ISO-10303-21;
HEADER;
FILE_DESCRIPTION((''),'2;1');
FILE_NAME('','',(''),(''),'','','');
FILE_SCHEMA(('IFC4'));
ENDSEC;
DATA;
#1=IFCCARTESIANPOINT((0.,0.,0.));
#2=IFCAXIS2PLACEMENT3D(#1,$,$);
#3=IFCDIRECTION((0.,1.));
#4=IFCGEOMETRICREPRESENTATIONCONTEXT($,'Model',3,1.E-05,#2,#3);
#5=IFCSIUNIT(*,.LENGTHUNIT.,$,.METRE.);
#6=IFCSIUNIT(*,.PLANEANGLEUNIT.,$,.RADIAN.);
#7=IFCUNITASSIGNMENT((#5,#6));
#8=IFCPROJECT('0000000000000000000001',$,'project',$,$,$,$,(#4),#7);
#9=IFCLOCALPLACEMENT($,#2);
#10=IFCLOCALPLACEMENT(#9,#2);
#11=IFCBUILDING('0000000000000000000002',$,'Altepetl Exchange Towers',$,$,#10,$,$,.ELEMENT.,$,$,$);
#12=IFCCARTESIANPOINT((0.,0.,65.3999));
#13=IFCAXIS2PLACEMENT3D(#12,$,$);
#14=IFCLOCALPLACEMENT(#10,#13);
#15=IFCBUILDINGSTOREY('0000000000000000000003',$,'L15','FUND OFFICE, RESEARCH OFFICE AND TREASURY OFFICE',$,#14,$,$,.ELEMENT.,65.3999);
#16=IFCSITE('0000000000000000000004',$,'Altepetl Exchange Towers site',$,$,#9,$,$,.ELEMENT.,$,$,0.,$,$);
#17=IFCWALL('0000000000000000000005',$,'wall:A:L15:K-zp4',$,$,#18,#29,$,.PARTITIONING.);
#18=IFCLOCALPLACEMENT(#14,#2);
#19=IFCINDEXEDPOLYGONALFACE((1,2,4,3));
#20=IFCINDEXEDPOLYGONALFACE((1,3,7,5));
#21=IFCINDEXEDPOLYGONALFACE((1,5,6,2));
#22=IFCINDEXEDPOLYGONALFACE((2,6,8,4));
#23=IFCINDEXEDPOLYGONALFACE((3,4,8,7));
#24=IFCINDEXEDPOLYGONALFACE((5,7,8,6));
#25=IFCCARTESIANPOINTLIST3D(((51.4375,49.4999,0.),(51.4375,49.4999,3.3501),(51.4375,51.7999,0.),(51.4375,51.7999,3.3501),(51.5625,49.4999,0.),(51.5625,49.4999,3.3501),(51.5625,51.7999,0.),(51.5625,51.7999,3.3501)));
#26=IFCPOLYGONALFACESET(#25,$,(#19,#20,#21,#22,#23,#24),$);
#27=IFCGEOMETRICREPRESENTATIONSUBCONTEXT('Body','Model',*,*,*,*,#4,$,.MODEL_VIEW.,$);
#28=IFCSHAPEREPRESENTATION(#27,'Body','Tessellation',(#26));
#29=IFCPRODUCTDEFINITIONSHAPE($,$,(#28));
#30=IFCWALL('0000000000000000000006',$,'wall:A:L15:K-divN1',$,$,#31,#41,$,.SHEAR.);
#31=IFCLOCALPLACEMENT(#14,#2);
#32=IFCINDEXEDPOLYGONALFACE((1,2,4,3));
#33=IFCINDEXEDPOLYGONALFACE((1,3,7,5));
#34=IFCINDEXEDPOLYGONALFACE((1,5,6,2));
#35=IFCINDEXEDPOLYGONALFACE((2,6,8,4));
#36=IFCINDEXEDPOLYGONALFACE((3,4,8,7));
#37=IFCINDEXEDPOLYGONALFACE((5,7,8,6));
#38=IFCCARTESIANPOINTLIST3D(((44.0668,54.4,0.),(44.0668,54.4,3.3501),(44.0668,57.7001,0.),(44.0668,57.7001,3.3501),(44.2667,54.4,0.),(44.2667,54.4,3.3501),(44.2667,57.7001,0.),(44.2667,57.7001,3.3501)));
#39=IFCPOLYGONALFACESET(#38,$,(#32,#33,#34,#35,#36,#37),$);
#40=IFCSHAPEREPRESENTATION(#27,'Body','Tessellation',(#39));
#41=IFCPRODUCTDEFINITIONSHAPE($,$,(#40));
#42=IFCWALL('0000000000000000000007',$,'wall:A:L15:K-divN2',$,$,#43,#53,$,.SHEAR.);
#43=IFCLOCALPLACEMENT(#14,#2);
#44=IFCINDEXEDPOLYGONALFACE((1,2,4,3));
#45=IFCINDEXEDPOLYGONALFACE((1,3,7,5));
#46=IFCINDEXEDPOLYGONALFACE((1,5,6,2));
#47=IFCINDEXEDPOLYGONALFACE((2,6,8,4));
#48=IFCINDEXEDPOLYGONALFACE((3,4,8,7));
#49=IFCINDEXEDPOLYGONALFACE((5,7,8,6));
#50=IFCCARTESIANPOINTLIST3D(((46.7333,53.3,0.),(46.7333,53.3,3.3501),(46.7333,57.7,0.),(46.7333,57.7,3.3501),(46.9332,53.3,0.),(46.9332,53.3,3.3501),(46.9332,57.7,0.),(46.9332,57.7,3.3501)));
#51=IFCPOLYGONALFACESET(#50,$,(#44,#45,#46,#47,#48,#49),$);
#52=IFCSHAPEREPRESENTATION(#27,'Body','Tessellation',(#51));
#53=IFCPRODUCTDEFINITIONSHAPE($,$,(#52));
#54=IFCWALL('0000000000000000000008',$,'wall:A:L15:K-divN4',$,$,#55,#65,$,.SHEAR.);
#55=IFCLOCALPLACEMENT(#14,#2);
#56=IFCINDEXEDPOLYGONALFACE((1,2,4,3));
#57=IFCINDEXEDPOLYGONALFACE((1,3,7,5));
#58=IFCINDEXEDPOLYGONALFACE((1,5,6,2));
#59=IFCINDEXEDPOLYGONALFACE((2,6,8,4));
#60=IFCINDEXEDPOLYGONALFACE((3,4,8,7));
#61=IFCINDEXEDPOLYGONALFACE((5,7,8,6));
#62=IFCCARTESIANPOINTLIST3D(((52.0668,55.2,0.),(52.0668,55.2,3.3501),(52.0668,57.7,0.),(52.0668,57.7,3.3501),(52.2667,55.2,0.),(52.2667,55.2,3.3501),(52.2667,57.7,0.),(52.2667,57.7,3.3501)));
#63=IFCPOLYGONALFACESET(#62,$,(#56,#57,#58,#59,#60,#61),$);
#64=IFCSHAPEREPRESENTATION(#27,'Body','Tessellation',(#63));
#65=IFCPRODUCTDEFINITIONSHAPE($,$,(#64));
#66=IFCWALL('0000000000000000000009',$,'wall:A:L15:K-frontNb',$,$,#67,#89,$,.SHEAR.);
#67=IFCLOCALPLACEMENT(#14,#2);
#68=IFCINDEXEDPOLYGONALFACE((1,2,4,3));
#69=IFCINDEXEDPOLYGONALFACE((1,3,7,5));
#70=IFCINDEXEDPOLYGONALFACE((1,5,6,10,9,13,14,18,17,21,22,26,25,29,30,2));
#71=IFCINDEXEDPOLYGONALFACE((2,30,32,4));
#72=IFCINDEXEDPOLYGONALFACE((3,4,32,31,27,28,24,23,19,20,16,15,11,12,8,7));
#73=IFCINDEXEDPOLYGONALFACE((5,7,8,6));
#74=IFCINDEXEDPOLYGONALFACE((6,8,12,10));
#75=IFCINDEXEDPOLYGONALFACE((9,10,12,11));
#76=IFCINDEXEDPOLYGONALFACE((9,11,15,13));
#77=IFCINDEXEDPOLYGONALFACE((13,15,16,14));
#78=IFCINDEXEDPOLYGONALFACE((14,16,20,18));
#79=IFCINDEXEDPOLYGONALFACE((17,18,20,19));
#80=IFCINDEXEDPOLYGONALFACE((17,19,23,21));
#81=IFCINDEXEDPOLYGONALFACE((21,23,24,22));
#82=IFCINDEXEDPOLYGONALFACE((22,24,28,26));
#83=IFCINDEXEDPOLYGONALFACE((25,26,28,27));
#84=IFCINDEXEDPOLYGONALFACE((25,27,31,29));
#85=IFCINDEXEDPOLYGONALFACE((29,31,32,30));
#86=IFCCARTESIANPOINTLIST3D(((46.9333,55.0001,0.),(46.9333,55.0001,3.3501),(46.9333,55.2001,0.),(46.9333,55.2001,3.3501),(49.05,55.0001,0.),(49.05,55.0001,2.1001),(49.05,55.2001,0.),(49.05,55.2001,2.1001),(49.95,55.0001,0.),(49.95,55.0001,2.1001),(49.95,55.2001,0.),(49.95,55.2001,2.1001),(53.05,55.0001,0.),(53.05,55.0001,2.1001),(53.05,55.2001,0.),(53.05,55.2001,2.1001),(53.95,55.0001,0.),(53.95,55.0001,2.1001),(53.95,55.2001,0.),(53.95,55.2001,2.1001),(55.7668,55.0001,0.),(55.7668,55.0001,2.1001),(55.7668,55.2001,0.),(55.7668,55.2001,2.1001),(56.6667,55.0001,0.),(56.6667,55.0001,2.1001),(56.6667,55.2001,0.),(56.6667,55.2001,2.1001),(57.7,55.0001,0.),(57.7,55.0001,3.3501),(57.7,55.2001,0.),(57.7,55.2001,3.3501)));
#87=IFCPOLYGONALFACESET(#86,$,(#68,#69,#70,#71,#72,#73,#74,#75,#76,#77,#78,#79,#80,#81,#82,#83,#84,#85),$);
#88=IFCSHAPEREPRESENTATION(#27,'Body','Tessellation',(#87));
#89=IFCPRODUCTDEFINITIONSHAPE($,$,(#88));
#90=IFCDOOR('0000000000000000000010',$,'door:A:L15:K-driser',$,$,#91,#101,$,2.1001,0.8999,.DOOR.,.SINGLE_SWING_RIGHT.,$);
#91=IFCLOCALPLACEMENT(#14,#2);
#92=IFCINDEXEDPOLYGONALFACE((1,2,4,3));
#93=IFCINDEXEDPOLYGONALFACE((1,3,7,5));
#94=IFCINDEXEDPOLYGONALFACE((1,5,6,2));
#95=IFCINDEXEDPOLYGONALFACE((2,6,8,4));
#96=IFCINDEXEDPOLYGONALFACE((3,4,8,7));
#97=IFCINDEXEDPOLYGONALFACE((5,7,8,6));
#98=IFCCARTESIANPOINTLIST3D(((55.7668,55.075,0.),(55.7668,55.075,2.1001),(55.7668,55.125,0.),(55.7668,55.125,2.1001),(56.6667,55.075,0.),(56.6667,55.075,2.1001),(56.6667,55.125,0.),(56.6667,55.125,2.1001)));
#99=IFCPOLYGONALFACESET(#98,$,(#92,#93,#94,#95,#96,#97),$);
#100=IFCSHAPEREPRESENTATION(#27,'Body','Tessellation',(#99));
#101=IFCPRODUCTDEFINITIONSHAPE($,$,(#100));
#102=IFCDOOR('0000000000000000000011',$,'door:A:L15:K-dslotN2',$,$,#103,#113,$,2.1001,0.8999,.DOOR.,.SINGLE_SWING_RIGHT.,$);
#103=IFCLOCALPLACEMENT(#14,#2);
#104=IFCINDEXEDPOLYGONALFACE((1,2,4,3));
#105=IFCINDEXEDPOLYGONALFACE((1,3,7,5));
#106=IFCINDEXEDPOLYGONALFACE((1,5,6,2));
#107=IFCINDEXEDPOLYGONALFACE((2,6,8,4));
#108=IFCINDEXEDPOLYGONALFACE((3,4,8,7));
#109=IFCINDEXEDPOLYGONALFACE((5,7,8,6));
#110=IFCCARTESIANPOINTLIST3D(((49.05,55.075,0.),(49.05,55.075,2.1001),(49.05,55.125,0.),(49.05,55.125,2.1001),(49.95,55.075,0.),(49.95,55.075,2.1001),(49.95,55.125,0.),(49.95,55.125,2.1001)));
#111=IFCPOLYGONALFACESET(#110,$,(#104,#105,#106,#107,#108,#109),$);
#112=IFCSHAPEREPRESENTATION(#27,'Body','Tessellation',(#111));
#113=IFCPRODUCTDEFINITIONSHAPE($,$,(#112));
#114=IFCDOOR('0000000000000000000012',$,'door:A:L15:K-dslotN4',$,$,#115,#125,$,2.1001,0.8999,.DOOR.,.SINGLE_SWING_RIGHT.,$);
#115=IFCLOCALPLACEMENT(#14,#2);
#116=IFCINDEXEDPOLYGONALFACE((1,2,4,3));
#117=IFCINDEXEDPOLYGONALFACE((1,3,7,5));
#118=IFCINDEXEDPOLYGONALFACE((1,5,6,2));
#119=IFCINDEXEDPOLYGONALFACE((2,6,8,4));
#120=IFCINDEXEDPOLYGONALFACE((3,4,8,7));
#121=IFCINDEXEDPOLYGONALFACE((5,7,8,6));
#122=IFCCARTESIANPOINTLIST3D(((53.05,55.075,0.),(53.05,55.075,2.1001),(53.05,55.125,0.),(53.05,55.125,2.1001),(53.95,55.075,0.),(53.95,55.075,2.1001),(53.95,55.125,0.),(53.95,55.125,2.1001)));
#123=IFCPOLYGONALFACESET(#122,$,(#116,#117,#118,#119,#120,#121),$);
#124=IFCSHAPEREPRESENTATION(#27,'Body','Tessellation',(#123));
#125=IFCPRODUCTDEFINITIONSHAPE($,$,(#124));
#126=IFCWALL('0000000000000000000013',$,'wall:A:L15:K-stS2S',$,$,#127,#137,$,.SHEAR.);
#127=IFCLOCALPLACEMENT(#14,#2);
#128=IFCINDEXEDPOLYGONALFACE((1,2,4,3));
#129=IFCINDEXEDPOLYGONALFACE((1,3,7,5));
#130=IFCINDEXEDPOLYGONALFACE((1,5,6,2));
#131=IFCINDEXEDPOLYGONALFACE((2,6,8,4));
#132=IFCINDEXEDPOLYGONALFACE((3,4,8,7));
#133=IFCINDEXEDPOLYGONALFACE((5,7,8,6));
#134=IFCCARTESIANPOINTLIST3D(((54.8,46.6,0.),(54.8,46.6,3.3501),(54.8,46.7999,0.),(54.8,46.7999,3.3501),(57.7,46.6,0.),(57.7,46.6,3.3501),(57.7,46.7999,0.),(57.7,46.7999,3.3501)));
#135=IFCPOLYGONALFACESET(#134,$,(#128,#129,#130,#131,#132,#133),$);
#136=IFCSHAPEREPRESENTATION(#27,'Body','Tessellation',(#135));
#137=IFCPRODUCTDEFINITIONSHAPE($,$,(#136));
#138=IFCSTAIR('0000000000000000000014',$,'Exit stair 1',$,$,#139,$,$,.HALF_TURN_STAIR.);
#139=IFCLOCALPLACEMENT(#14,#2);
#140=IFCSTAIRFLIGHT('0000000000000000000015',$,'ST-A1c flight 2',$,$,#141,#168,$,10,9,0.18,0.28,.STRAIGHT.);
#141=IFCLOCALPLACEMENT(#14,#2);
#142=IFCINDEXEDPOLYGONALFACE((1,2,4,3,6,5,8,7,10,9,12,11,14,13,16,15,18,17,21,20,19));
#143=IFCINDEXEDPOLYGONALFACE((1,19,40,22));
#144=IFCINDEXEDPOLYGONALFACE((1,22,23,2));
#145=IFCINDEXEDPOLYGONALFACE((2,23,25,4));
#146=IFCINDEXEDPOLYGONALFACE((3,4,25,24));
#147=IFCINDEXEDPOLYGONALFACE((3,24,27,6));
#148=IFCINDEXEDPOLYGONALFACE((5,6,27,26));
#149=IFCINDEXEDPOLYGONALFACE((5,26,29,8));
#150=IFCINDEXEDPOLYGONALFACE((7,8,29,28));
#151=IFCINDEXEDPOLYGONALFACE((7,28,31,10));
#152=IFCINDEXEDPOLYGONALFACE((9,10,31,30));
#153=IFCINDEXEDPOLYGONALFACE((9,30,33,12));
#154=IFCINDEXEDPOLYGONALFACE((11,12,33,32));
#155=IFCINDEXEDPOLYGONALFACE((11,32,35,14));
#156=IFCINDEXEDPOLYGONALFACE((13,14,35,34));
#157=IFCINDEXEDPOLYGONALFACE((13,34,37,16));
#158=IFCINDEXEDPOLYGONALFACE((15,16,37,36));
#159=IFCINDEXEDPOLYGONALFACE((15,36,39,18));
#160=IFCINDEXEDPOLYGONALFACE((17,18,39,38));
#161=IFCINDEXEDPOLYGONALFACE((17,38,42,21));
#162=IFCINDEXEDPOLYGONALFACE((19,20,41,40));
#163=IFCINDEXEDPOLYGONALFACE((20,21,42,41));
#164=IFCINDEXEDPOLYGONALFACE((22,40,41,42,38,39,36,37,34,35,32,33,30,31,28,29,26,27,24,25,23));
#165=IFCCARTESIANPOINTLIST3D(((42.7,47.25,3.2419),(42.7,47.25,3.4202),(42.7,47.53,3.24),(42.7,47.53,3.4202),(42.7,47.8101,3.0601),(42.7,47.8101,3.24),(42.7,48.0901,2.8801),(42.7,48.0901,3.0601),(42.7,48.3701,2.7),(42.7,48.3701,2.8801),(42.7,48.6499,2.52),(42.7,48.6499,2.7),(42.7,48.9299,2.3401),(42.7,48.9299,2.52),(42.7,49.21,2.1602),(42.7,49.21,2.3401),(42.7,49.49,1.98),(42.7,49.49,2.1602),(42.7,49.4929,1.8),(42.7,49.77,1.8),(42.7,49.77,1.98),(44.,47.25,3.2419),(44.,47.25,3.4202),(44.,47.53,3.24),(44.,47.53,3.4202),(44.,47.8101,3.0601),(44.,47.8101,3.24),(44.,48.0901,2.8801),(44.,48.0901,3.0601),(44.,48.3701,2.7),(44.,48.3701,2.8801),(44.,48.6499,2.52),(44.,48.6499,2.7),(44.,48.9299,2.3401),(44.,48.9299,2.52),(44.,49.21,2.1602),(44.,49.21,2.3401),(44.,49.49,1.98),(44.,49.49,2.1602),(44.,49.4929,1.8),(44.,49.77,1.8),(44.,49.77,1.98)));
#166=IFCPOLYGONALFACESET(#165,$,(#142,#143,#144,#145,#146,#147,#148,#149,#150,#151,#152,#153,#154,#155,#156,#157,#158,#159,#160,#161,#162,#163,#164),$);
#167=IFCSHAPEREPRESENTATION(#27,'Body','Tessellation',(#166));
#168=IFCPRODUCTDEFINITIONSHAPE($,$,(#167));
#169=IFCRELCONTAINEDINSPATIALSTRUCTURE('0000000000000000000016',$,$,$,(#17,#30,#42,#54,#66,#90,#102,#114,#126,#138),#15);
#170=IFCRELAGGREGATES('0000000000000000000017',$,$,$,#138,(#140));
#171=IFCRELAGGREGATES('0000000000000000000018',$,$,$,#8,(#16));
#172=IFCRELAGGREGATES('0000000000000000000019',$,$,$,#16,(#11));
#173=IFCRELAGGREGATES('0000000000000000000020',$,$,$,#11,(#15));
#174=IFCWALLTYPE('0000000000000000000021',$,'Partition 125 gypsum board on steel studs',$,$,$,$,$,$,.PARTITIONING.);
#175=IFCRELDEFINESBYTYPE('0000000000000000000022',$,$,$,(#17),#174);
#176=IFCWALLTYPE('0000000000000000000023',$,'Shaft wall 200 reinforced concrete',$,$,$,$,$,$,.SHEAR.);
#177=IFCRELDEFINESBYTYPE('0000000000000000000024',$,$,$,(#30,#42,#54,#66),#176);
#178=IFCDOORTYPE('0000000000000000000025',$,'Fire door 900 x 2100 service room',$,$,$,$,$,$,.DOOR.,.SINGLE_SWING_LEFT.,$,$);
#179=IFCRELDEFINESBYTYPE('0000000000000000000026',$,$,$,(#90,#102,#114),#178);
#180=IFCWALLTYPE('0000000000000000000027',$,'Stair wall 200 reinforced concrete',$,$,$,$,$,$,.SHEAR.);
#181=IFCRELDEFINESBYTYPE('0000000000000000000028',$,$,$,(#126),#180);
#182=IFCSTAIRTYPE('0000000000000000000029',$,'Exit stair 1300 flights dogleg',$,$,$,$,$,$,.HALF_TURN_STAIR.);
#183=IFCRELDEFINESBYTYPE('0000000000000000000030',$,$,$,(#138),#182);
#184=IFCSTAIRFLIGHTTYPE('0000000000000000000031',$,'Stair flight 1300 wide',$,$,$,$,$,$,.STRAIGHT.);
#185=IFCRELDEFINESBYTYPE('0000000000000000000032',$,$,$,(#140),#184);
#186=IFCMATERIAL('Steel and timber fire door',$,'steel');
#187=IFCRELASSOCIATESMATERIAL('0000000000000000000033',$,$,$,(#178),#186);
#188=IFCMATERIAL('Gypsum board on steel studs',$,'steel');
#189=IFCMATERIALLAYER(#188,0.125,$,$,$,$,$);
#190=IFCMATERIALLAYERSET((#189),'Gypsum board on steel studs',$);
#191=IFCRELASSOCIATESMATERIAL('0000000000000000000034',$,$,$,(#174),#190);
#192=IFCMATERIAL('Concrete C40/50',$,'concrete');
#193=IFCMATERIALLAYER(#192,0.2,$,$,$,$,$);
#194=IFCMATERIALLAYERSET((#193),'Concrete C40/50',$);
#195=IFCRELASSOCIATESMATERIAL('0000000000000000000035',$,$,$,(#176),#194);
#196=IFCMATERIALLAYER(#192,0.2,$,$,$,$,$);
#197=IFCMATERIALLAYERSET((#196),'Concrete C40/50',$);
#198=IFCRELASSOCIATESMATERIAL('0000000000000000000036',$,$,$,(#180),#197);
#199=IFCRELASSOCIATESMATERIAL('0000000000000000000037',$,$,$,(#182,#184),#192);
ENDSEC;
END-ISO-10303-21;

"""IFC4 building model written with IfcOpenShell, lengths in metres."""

from ifc_helpers import new_model, si_unit, direction, frame, frame_2d, origin, place, context, subcontext, project, spatial, polyline, rectangle, outline, extrude, material, layer, layer_set, type_object, element, fill, aggregate, save


model = new_model("IFC4")

# Units and contexts
model_context = context("Model", 3, precision=1e-05, world=origin(), true_north=direction((0.0, 1.0)))
body_context = subcontext(model_context, "Body", "Model", "MODEL_VIEW")
ifc_project = project(units=[si_unit("LENGTHUNIT", "METRE"), si_unit("PLANEANGLEUNIT", "RADIAN")], contexts=[model_context])

# Site, building, storey
site_placement = place(None, origin())
site = spatial("IfcSite", under=ifc_project, at=site_placement, Name="Altepetl Exchange Towers site", CompositionType="ELEMENT", RefElevation=0.0)
building_placement = place(site_placement, origin())
building = spatial("IfcBuilding", under=site, at=building_placement, Name="Altepetl Exchange Towers", CompositionType="ELEMENT")
storey_placement = place(building_placement, frame((0.0, 0.0, 65.3999)))
storey = spatial("IfcBuildingStorey", under=building, at=storey_placement, Name="L15", Description="FUND OFFICE, RESEARCH OFFICE AND TREASURY OFFICE", CompositionType="ELEMENT", Elevation=65.3999)

# Shared definitions
ifc_material_1 = material(Name="Steel and timber fire door", Category="steel")
door_type_1 = type_object("IfcDoorType", Name="Fire door 900 x 2100 service room", OperationType="SINGLE_SWING_LEFT", PredefinedType="DOOR", material=ifc_material_1)

# Walls
ifc_material_2 = material(Name="Gypsum board on steel studs", Category="steel")
ifc_layer_1 = layer(ifc_material_2, 0.125)
ifc_layer_set_1 = layer_set([ifc_layer_1], Name="Gypsum board on steel studs")
wall_type_1 = type_object("IfcWallType", Name="Partition 125 gypsum board on steel studs", PredefinedType="PARTITIONING", material=ifc_layer_set_1)
wall_1_placement = place(storey_placement, frame((51.5, 49.5, 0.0), z_axis=(0.0, 0.0, 1.0), x_axis=(0.0, 1.0, 0.0)))
element("IfcWall", 1, at=wall_1_placement, inside=storey, type_object=wall_type_1, Name="wall:A:L15:K-zp4", PredefinedType="PARTITIONING", context=body_context, shape_type="SweptSolid", body=[
    extrude(rectangle(XDim=2.3, YDim=0.125, at=frame_2d((1.1499, 0.0))), origin(), (0.0, 0.0, 1.0), 3.3501),
])
ifc_material_3 = material(Name="Concrete C40/50", Category="concrete")
ifc_layer_2 = layer(ifc_material_3, 0.2)
ifc_layer_set_2 = layer_set([ifc_layer_2], Name="Concrete C40/50")
wall_type_2 = type_object("IfcWallType", Name="Shaft wall 200 reinforced concrete", PredefinedType="SHEAR", material=ifc_layer_set_2)
wall_2_placement = place(storey_placement, frame((44.1667, 57.7, 0.0), z_axis=(0.0, 0.0, 1.0), x_axis=(0.0, -1.0, 0.0)))
element("IfcWall", 2, at=wall_2_placement, inside=storey, type_object=wall_type_2, Name="wall:A:L15:K-divN1", PredefinedType="SHEAR", context=body_context, shape_type="SweptSolid", body=[
    extrude(rectangle(XDim=3.3, YDim=0.2, at=frame_2d((1.6499, 0.0))), origin(), (0.0, 0.0, 1.0), 3.3501),
])
wall_3_placement = place(storey_placement, frame((46.8333, 57.7, 0.0), z_axis=(0.0, 0.0, 1.0), x_axis=(0.0, -1.0, 0.0)))
element("IfcWall", 3, at=wall_3_placement, inside=storey, type_object=wall_type_2, Name="wall:A:L15:K-divN2", PredefinedType="SHEAR", context=body_context, shape_type="SweptSolid", body=[
    extrude(rectangle(XDim=4.3999, YDim=0.2, at=frame_2d((2.2, 0.0))), origin(), (0.0, 0.0, 1.0), 3.3501),
])
wall_4_placement = place(storey_placement, frame((52.1667, 57.7, 0.0), z_axis=(0.0, 0.0, 1.0), x_axis=(0.0, -1.0, 0.0)))
element("IfcWall", 4, at=wall_4_placement, inside=storey, type_object=wall_type_2, Name="wall:A:L15:K-divN4", PredefinedType="SHEAR", context=body_context, shape_type="SweptSolid", body=[
    extrude(rectangle(XDim=2.5, YDim=0.2, at=frame_2d((1.25, 0.0))), origin(), (0.0, 0.0, 1.0), 3.3501),
])

# Wall, openings, doors
wall_5_placement = place(storey_placement, frame((46.9333, 55.1001, 0.0)))
wall_5 = element("IfcWall", 5, at=wall_5_placement, inside=storey, type_object=wall_type_2, Name="wall:A:L15:K-frontNb", PredefinedType="SHEAR", context=body_context, shape_type="SweptSolid", body=[
    extrude(rectangle(XDim=10.7666, YDim=0.2, at=frame_2d((5.3833, 0.0))), origin(), (0.0, 0.0, 1.0), 3.3501),
])
opening_1_placement = place(wall_5_placement, frame((8.8335, 0.0, 0.0)))
opening_1 = element("IfcOpeningElement", 6, at=opening_1_placement, cuts=wall_5, PredefinedType="OPENING", context=body_context, shape_type="SweptSolid", body=[
    extrude(rectangle(XDim=0.8999, YDim=2.1001, at=frame_2d((0.45, 1.05))), frame((0.0, 0.1099, 0.0), z_axis=(0.0, -1.0, 0.0), x_axis=(1.0, 0.0, 0.0)), (0.0, 0.0, 1.0), 0.22),
])
opening_2_placement = place(wall_5_placement, frame((2.1167, 0.0, 0.0)))
opening_2 = element("IfcOpeningElement", 7, at=opening_2_placement, cuts=wall_5, PredefinedType="OPENING", context=body_context, shape_type="SweptSolid", body=[
    extrude(rectangle(XDim=0.8999, YDim=2.1001, at=frame_2d((0.45, 1.05))), frame((0.0, 0.1099, 0.0), z_axis=(0.0, -1.0, 0.0), x_axis=(1.0, 0.0, 0.0)), (0.0, 0.0, 1.0), 0.22),
])
opening_3_placement = place(wall_5_placement, frame((6.1167, 0.0, 0.0)))
opening_3 = element("IfcOpeningElement", 8, at=opening_3_placement, cuts=wall_5, PredefinedType="OPENING", context=body_context, shape_type="SweptSolid", body=[
    extrude(rectangle(XDim=0.8999, YDim=2.1001, at=frame_2d((0.45, 1.05))), frame((0.0, 0.1099, 0.0), z_axis=(0.0, -1.0, 0.0), x_axis=(1.0, 0.0, 0.0)), (0.0, 0.0, 1.0), 0.22),
])
door_1_placement = place(opening_1_placement, origin())
door_1 = element("IfcDoor", 9, at=door_1_placement, inside=storey, type_object=door_type_1, Name="door:A:L15:K-driser", OperationType="SINGLE_SWING_RIGHT", OverallHeight=2.1001, OverallWidth=0.8999, PredefinedType="DOOR", context=body_context, shape_type="SweptSolid", body=[
    extrude(rectangle(XDim=0.8999, YDim=2.1001, at=frame_2d((0.45, 1.05))), frame((0.0, 0.0249, 0.0), z_axis=(0.0, -1.0, 0.0), x_axis=(1.0, 0.0, 0.0)), (0.0, 0.0, 1.0), 0.05),
])
fill(opening_1, door_1)
door_2_placement = place(opening_2_placement, origin())
door_2 = element("IfcDoor", 10, at=door_2_placement, inside=storey, type_object=door_type_1, Name="door:A:L15:K-dslotN2", OperationType="SINGLE_SWING_RIGHT", OverallHeight=2.1001, OverallWidth=0.8999, PredefinedType="DOOR", context=body_context, shape_type="SweptSolid", body=[
    extrude(rectangle(XDim=0.8999, YDim=2.1001, at=frame_2d((0.45, 1.05))), frame((0.0, 0.0249, 0.0), z_axis=(0.0, -1.0, 0.0), x_axis=(1.0, 0.0, 0.0)), (0.0, 0.0, 1.0), 0.05),
])
fill(opening_2, door_2)
door_3_placement = place(opening_3_placement, origin())
door_3 = element("IfcDoor", 11, at=door_3_placement, inside=storey, type_object=door_type_1, Name="door:A:L15:K-dslotN4", OperationType="SINGLE_SWING_RIGHT", OverallHeight=2.1001, OverallWidth=0.8999, PredefinedType="DOOR", context=body_context, shape_type="SweptSolid", body=[
    extrude(rectangle(XDim=0.8999, YDim=2.1001, at=frame_2d((0.45, 1.05))), frame((0.0, 0.0249, 0.0), z_axis=(0.0, -1.0, 0.0), x_axis=(1.0, 0.0, 0.0)), (0.0, 0.0, 1.0), 0.05),
])
fill(opening_3, door_3)

# Wall
ifc_layer_3 = layer(ifc_material_3, 0.2)
ifc_layer_set_3 = layer_set([ifc_layer_3], Name="Concrete C40/50")
wall_type_3 = type_object("IfcWallType", Name="Stair wall 200 reinforced concrete", PredefinedType="SHEAR", material=ifc_layer_set_3)
wall_6_placement = place(storey_placement, frame((54.8, 46.7, 0.0)))
element("IfcWall", 12, at=wall_6_placement, inside=storey, type_object=wall_type_3, Name="wall:A:L15:K-stS2S", PredefinedType="SHEAR", context=body_context, shape_type="SweptSolid", body=[
    extrude(rectangle(XDim=2.8999, YDim=0.2, at=frame_2d((1.45, 0.0))), origin(), (0.0, 0.0, 1.0), 3.3501),
])

# Stair, stair flight
stair_type = type_object("IfcStairType", Name="Exit stair 1300 flights dogleg", PredefinedType="HALF_TURN_STAIR", material=ifc_material_3)
stair_placement = place(storey_placement, origin())
stair = element("IfcStair", 13, at=stair_placement, inside=storey, type_object=stair_type, Name="Exit stair 1", PredefinedType="HALF_TURN_STAIR")
stair_flight_type = type_object("IfcStairFlightType", Name="Stair flight 1300 wide", PredefinedType="STRAIGHT", material=ifc_material_3)
stair_flight_placement = place(storey_placement, frame((43.3501, 49.77, 1.8), z_axis=(0.0, 0.0, 1.0), x_axis=(0.0, -1.0, 0.0)))
stair_flight = element("IfcStairFlight", 14, at=stair_flight_placement, type_object=stair_flight_type, Name="ST-A1c flight 2", NumberOfRisers=10, NumberOfTreads=9, PredefinedType="STRAIGHT", RiserHeight=0.18, TreadLength=0.28, context=body_context, shape_type="SweptSolid", body=[
    extrude(outline(polyline([(0.0, 0.0), (0.0, 0.1799), (0.28, 0.1799), (0.28, 0.3601), (0.5601, 0.3601), (0.5601, 0.54), (0.8401, 0.54), (0.8401, 0.72), (1.1201, 0.72), (1.1201, 0.8999), (1.3999, 0.8999), (1.3999, 1.0801), (1.6799, 1.0801), (1.6799, 1.26), (1.96, 1.26), (1.96, 1.4399), (2.24, 1.4399), (2.24, 1.6201), (2.52, 1.6201), (2.52, 1.8), (2.52, 1.4419), (0.2771, 0.0), (0.0, 0.0)])), frame((0.0, 0.6499, 0.0), z_axis=(0.0, -1.0, 0.0), x_axis=(1.0, 0.0, 0.0)), (0.0, 0.0, 1.0), 1.3),
])
aggregate(stair, [stair_flight])

save(model, "model.ifc")
